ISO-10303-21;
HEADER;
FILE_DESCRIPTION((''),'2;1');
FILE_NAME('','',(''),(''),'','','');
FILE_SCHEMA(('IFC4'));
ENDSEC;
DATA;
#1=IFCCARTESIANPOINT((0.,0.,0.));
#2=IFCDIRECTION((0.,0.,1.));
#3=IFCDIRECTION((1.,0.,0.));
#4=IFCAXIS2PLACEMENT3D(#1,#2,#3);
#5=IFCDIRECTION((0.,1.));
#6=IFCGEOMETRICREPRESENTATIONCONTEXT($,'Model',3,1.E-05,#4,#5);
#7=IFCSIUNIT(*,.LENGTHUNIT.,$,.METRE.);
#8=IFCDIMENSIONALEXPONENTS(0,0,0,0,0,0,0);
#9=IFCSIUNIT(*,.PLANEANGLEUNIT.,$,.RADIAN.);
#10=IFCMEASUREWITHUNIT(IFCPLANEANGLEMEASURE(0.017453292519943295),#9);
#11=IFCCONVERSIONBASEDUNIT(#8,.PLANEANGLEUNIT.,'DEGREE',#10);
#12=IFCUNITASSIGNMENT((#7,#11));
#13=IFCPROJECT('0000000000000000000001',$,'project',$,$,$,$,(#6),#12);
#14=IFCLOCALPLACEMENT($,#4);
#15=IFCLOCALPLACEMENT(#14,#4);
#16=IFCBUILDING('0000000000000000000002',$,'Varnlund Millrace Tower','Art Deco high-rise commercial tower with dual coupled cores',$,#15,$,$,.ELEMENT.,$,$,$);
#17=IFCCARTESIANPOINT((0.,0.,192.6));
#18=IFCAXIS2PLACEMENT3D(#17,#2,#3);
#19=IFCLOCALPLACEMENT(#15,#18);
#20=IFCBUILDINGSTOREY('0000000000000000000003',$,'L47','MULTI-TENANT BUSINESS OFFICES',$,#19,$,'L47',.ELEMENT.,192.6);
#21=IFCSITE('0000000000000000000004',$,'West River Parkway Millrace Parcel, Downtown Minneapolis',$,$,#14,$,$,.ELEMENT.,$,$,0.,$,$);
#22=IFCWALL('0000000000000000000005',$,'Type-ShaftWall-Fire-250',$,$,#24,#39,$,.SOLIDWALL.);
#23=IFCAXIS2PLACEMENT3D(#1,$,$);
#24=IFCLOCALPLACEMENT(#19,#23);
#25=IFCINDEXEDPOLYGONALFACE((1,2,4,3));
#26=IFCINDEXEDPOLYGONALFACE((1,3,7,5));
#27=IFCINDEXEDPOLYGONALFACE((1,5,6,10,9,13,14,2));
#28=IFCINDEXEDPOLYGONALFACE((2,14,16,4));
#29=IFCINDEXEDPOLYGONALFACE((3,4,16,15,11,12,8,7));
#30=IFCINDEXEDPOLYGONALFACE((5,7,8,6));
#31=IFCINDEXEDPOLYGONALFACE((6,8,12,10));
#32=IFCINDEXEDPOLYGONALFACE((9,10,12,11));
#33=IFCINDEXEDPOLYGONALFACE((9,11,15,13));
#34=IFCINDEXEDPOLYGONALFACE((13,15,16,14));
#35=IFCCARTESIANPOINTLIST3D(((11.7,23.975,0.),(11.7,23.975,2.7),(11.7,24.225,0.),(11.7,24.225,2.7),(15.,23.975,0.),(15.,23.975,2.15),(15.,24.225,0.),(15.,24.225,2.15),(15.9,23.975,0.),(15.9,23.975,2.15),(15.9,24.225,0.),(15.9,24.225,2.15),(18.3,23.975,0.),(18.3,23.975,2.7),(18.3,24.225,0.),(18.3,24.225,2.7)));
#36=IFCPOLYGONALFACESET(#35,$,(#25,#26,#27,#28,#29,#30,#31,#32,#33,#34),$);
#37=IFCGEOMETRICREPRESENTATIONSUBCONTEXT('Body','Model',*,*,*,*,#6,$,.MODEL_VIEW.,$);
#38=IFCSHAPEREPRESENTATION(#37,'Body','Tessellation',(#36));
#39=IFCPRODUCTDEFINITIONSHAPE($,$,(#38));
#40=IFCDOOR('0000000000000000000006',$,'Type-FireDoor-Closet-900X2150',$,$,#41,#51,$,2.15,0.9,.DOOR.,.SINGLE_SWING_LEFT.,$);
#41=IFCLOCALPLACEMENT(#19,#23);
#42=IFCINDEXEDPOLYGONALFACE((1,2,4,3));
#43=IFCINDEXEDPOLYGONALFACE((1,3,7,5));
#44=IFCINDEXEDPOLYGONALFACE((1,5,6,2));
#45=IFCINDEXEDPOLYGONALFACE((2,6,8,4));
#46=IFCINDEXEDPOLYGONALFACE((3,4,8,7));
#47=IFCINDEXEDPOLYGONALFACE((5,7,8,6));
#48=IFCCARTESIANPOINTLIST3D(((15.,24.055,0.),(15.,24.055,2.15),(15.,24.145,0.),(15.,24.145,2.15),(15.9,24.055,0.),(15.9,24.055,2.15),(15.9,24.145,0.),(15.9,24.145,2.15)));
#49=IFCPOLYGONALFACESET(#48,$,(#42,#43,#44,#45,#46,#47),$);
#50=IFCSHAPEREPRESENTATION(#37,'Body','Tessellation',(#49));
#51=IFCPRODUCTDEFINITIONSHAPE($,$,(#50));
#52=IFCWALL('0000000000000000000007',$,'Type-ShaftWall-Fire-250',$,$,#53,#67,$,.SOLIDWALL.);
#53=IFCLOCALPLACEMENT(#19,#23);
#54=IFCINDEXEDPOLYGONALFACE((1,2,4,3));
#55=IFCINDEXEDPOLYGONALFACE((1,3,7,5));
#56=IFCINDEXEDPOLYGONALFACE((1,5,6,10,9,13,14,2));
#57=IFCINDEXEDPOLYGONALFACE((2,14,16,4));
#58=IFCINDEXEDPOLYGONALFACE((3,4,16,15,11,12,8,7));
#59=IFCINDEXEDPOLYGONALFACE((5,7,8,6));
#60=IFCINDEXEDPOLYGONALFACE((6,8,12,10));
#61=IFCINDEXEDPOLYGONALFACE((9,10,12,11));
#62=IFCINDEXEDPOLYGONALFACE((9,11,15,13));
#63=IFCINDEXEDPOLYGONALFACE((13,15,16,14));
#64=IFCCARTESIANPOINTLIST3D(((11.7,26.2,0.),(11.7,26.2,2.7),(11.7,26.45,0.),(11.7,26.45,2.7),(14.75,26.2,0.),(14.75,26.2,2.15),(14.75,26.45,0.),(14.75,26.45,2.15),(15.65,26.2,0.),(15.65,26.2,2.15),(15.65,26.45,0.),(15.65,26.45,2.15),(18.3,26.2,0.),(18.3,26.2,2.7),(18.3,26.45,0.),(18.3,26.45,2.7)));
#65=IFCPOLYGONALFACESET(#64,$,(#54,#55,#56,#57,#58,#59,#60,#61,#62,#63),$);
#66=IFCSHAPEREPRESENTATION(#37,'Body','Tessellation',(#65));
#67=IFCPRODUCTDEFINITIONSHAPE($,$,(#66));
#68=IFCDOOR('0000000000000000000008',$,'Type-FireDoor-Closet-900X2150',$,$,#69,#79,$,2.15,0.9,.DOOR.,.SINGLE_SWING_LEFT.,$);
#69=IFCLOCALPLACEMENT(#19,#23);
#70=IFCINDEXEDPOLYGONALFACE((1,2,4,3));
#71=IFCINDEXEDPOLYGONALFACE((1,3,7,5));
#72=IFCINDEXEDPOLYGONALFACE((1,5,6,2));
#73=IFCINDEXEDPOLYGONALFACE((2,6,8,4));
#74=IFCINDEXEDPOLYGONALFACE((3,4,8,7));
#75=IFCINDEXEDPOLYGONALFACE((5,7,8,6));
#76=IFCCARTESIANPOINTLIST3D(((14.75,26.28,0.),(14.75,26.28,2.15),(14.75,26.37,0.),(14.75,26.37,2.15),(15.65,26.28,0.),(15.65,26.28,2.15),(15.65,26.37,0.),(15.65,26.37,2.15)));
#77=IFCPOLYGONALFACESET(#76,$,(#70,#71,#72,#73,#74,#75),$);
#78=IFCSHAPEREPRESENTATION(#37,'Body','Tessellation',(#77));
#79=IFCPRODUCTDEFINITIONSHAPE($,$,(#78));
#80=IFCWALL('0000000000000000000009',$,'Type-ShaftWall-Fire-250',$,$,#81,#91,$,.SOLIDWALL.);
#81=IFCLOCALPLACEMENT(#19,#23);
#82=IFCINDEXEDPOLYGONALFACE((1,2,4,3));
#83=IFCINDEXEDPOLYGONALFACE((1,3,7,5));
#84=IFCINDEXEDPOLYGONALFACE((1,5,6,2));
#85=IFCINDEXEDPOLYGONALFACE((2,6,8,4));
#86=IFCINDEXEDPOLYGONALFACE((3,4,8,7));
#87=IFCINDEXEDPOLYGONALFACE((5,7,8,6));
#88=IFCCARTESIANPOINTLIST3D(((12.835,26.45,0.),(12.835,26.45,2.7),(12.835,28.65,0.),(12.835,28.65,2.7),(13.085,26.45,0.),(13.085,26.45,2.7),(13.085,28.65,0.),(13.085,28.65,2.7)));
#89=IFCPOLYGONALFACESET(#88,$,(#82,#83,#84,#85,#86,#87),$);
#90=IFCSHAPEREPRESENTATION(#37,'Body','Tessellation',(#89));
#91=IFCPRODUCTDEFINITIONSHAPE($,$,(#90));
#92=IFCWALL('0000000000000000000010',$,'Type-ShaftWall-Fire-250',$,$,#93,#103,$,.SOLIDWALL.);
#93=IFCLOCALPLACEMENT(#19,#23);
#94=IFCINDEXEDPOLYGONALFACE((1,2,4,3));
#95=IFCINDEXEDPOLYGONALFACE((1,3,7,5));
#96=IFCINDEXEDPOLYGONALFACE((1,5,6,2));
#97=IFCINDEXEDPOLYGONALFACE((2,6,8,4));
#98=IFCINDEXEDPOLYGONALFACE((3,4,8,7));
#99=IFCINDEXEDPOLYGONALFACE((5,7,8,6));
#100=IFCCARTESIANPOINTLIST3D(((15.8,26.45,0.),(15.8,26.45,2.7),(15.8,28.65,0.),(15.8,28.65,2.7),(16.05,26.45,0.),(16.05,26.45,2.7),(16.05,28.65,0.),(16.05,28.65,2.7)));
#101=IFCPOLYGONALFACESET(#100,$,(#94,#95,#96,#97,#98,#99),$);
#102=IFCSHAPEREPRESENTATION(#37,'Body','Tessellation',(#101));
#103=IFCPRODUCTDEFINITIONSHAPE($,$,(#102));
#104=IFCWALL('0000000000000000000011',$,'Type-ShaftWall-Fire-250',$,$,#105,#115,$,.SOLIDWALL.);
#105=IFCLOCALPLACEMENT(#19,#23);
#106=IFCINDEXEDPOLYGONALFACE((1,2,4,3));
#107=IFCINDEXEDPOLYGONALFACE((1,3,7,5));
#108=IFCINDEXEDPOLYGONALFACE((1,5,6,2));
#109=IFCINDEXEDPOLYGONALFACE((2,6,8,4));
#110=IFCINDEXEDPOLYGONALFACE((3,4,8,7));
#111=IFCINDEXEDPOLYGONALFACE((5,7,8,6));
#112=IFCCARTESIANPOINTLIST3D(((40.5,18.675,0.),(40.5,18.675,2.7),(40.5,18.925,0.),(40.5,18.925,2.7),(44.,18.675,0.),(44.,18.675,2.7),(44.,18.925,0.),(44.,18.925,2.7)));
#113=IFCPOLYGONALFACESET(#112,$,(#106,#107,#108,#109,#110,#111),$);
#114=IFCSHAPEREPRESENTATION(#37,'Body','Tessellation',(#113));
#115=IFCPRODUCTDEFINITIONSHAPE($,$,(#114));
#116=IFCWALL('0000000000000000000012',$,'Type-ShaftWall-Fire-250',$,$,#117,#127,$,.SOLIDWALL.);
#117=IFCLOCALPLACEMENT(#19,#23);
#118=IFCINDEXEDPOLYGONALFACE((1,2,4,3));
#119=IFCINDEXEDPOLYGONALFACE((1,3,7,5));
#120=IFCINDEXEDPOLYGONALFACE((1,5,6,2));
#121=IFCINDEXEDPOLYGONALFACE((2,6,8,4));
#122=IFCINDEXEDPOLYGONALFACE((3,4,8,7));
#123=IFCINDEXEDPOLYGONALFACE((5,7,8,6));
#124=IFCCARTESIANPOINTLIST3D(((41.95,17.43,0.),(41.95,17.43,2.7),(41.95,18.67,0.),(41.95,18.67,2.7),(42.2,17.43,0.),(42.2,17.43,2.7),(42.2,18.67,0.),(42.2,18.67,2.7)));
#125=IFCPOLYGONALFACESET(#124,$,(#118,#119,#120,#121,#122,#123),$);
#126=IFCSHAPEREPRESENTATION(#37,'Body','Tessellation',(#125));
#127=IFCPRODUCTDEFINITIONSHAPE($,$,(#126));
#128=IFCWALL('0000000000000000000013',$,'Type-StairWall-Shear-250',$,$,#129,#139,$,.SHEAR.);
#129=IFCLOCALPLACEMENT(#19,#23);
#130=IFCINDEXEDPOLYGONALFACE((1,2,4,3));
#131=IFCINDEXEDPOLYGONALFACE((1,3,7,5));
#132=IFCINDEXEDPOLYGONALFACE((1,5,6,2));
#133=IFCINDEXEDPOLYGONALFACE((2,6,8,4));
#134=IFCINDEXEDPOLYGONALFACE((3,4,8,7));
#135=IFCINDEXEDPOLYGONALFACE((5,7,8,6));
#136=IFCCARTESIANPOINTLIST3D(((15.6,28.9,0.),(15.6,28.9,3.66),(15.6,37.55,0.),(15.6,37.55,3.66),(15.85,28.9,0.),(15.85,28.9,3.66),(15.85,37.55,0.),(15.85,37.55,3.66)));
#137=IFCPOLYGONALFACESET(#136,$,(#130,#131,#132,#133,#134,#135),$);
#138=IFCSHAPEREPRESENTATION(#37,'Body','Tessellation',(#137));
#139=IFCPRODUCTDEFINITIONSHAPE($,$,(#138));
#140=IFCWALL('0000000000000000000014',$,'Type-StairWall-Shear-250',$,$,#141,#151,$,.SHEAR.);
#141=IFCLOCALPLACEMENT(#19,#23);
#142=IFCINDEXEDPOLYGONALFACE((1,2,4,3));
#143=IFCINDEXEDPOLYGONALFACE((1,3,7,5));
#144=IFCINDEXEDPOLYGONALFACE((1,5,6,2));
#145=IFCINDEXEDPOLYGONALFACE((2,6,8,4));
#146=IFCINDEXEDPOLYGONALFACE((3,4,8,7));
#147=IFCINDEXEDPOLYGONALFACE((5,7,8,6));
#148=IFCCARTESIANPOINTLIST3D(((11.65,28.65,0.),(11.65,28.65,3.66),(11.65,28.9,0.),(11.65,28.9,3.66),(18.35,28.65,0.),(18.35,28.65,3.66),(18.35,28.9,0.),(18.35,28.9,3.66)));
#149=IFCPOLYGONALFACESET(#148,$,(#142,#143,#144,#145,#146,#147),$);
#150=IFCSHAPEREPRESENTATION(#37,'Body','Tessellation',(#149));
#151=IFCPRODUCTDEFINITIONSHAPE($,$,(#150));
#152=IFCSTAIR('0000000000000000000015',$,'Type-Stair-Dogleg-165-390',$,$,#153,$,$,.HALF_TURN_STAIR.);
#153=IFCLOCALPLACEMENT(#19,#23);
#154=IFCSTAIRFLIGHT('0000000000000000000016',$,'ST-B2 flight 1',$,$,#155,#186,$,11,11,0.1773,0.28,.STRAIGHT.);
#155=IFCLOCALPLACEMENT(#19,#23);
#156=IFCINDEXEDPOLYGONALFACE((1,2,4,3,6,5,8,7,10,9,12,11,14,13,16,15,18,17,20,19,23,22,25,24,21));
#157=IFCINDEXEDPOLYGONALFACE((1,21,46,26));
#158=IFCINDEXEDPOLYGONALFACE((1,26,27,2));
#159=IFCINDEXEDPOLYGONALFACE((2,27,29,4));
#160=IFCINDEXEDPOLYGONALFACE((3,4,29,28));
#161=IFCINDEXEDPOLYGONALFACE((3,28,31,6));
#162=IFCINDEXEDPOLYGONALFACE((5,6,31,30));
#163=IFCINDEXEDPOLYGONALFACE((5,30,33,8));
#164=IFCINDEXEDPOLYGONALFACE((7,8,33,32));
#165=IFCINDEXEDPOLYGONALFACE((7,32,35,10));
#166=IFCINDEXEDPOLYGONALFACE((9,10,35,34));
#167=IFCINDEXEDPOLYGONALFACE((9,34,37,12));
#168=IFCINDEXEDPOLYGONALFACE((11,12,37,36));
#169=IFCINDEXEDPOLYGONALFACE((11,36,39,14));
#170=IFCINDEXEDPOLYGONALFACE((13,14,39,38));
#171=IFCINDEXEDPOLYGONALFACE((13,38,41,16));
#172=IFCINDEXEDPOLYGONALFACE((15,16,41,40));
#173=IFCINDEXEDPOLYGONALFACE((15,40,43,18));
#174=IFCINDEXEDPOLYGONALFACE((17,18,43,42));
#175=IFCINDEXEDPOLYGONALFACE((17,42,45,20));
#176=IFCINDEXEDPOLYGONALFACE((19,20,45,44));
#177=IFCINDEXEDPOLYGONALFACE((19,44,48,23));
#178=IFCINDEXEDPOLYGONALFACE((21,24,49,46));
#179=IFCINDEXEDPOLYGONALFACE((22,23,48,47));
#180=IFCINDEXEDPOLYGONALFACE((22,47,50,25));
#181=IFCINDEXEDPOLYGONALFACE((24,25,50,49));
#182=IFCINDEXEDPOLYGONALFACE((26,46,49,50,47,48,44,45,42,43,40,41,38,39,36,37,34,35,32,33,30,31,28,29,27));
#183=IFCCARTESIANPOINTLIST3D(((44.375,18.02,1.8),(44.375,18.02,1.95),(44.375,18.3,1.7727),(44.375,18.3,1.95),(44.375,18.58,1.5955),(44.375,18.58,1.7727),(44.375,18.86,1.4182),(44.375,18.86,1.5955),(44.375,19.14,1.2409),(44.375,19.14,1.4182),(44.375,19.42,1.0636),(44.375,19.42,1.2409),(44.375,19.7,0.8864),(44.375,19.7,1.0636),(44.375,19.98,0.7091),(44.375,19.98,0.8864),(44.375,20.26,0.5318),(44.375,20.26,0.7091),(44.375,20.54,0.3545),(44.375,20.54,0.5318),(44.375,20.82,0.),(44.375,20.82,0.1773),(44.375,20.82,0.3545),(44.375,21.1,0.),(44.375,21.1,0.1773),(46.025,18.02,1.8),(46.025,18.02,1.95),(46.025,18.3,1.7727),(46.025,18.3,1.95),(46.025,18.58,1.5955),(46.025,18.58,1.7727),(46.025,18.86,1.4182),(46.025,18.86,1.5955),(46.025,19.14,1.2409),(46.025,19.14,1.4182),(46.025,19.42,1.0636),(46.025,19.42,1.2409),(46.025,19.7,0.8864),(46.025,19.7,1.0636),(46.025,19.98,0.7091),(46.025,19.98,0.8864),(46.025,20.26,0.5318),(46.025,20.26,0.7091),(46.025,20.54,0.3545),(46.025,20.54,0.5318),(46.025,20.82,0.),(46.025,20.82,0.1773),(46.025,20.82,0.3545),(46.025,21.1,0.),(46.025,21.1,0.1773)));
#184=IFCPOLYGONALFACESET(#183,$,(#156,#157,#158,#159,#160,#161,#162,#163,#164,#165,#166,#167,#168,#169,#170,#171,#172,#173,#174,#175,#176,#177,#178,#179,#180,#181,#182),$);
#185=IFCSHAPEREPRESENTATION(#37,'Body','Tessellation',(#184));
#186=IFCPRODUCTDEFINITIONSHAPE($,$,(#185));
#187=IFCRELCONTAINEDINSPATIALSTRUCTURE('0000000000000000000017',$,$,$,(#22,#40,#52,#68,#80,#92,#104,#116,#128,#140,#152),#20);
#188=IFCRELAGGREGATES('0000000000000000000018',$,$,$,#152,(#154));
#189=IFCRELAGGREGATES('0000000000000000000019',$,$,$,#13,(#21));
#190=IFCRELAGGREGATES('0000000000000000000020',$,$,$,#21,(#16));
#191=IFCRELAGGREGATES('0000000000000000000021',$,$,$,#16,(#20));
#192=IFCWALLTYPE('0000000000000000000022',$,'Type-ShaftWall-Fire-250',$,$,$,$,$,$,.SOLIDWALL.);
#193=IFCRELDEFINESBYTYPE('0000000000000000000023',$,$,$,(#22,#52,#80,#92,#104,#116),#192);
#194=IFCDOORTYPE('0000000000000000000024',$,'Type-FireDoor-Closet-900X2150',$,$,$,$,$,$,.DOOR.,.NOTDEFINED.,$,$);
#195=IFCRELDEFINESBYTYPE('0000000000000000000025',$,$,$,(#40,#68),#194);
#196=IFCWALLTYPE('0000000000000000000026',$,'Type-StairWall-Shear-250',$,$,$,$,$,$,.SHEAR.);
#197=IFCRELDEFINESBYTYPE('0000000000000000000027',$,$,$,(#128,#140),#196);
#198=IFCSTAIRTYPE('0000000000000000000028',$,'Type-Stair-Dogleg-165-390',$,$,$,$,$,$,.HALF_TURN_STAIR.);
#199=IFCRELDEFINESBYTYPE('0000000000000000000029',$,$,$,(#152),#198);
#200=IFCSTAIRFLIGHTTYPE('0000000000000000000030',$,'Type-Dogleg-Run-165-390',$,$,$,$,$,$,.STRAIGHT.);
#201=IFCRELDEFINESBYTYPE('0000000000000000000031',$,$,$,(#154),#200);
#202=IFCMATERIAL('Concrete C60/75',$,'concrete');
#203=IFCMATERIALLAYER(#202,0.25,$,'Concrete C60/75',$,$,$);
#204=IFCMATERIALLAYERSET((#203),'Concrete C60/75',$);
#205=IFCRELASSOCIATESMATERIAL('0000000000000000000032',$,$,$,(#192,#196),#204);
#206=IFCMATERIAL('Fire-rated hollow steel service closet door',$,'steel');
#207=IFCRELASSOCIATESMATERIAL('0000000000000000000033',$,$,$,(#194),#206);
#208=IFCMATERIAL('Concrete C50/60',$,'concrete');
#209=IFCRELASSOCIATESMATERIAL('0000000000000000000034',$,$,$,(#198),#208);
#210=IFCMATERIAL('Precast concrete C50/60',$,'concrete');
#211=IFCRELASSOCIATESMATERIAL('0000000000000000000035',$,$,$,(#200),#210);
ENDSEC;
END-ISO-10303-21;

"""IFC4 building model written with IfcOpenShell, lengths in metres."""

from ifc_helpers import new_model, entity, si_unit, converted_unit, direction, frame, origin_with_axes, origin_2d_with_axis, place, context, subcontext, project, spatial, polyline, rectangle, outline, extrude, material, layer, layer_set, type_object, element, fill, aggregate, save


model = new_model("IFC4")

# Units and contexts
model_context = context("Model", 3, precision=1e-05, world=origin_with_axes(), true_north=direction((0.0, 1.0)))
body_context = subcontext(model_context, "Body", "Model", "MODEL_VIEW")
ifc_project = project(units=[si_unit("LENGTHUNIT", "METRE"), converted_unit("PLANEANGLEUNIT", "DEGREE", entity("IfcPlaneAngleMeasure", 0.017453292519943295), si_unit("PLANEANGLEUNIT", "RADIAN"), dimensions=[0, 0, 0, 0, 0, 0, 0])], contexts=[model_context])

# Site, building, storey
site_placement = place(None, origin_with_axes())
site = spatial("IfcSite", under=ifc_project, at=site_placement, Name="West River Parkway Millrace Parcel, Downtown Minneapolis", CompositionType="ELEMENT", RefElevation=0.0)
building_placement = place(site_placement, origin_with_axes())
building = spatial("IfcBuilding", under=site, at=building_placement, Name="Varnlund Millrace Tower", Description="Art Deco high-rise commercial tower with dual coupled cores", CompositionType="ELEMENT")
storey_placement = place(building_placement, frame((0.0, 0.0, 192.6), z_axis=(0.0, 0.0, 1.0), x_axis=(1.0, 0.0, 0.0)))
storey = spatial("IfcBuildingStorey", under=building, at=storey_placement, Name="L47", Description="MULTI-TENANT BUSINESS OFFICES", LongName="L47", CompositionType="ELEMENT", Elevation=192.6)

# Shared definitions
ifc_material_1 = material(Name="Concrete C60/75", Category="concrete")
ifc_layer_1 = layer(ifc_material_1, 0.25, Name="Concrete C60/75")
ifc_layer_set_1 = layer_set([ifc_layer_1], Name="Concrete C60/75")
wall_type_1 = type_object("IfcWallType", Name="Type-ShaftWall-Fire-250", PredefinedType="SOLIDWALL", material=ifc_layer_set_1)

# Walls, openings, doors
wall_1_placement = place(storey_placement, frame((11.7, 24.1, 0.0), z_axis=(0.0, 0.0, 1.0), x_axis=(1.0, 0.0, 0.0)))
wall_1 = element("IfcWall", 1, at=wall_1_placement, inside=storey, type_object=wall_type_1, Name="Type-ShaftWall-Fire-250", PredefinedType="SOLIDWALL", context=body_context, shape_type="SweptSolid", body=[
    extrude(outline(polyline([(0.0, -0.125), (6.6, -0.125), (6.6, 0.125), (0.0, 0.125), (0.0, -0.125)])), origin_with_axes(), (0.0, 0.0, 1.0), 2.7),
])
opening_1_placement = place(wall_1_placement, frame((3.75, 0.0, 0.0), z_axis=(0.0, 0.0, 1.0), x_axis=(1.0, 0.0, 0.0)))
opening_1 = element("IfcOpeningElement", 2, at=opening_1_placement, cuts=wall_1, PredefinedType="OPENING", context=body_context, shape_type="SweptSolid", body=[
    extrude(rectangle(XDim=0.9, YDim=0.27, at=origin_2d_with_axis()), origin_with_axes(), (0.0, 0.0, 1.0), 2.15),
])
ifc_material_2 = material(Name="Fire-rated hollow steel service closet door", Category="steel")
door_type_1 = type_object("IfcDoorType", Name="Type-FireDoor-Closet-900X2150", OperationType="NOTDEFINED", PredefinedType="DOOR", material=ifc_material_2)
door_1_placement = place(wall_1_placement, frame((3.75, 0.0, 0.0), z_axis=(0.0, 0.0, 1.0), x_axis=(1.0, 0.0, 0.0)))
door_1 = element("IfcDoor", 3, at=door_1_placement, inside=storey, type_object=door_type_1, Name="Type-FireDoor-Closet-900X2150", OperationType="SINGLE_SWING_LEFT", OverallHeight=2.15, OverallWidth=0.9, PredefinedType="DOOR", context=body_context, shape_type="SweptSolid", body=[
    extrude(rectangle(XDim=0.9, YDim=0.09, at=origin_2d_with_axis()), origin_with_axes(), (0.0, 0.0, 1.0), 2.15),
])
fill(opening_1, door_1)
wall_2_placement = place(storey_placement, frame((11.7, 26.325, 0.0), z_axis=(0.0, 0.0, 1.0), x_axis=(1.0, 0.0, 0.0)))
wall_2 = element("IfcWall", 4, at=wall_2_placement, inside=storey, type_object=wall_type_1, Name="Type-ShaftWall-Fire-250", PredefinedType="SOLIDWALL", context=body_context, shape_type="SweptSolid", body=[
    extrude(outline(polyline([(0.0, -0.125), (6.6, -0.125), (6.6, 0.125), (0.0, 0.125), (0.0, -0.125)])), origin_with_axes(), (0.0, 0.0, 1.0), 2.7),
])
opening_2_placement = place(wall_2_placement, frame((3.5, 0.0, 0.0), z_axis=(0.0, 0.0, 1.0), x_axis=(1.0, 0.0, 0.0)))
opening_2 = element("IfcOpeningElement", 5, at=opening_2_placement, cuts=wall_2, PredefinedType="OPENING", context=body_context, shape_type="SweptSolid", body=[
    extrude(rectangle(XDim=0.9, YDim=0.27, at=origin_2d_with_axis()), origin_with_axes(), (0.0, 0.0, 1.0), 2.15),
])
door_2_placement = place(wall_2_placement, frame((3.5, 0.0, 0.0), z_axis=(0.0, 0.0, 1.0), x_axis=(1.0, 0.0, 0.0)))
door_2 = element("IfcDoor", 6, at=door_2_placement, inside=storey, type_object=door_type_1, Name="Type-FireDoor-Closet-900X2150", OperationType="SINGLE_SWING_LEFT", OverallHeight=2.15, OverallWidth=0.9, PredefinedType="DOOR", context=body_context, shape_type="SweptSolid", body=[
    extrude(rectangle(XDim=0.9, YDim=0.09, at=origin_2d_with_axis()), origin_with_axes(), (0.0, 0.0, 1.0), 2.15),
])
fill(opening_2, door_2)

# Walls
for number, where, z_axis, x_axis, name in (
    (7, (12.96, 26.45, 0.0), (0.0, 0.0, 1.0), (0.0, 1.0, 0.0), "Type-ShaftWall-Fire-250"),
    (8, (15.925, 26.45, 0.0), (0.0, 0.0, 1.0), (0.0, 1.0, 0.0), "Type-ShaftWall-Fire-250"),
):
    element("IfcWall", number, at=place(storey_placement, frame(where, z_axis=z_axis, x_axis=x_axis)), inside=storey, type_object=wall_type_1, Name=name, PredefinedType="SOLIDWALL", context=body_context, shape_type="SweptSolid", body=[
        extrude(outline(polyline([(0.0, -0.125), (2.2, -0.125), (2.2, 0.125), (0.0, 0.125), (0.0, -0.125)])), origin_with_axes(), (0.0, 0.0, 1.0), 2.7),
    ])
wall_3_placement = place(storey_placement, frame((40.5, 18.8, 0.0), z_axis=(0.0, 0.0, 1.0), x_axis=(1.0, 0.0, 0.0)))
element("IfcWall", 9, at=wall_3_placement, inside=storey, type_object=wall_type_1, Name="Type-ShaftWall-Fire-250", PredefinedType="SOLIDWALL", context=body_context, shape_type="SweptSolid", body=[
    extrude(outline(polyline([(0.0, -0.125), (3.5, -0.125), (3.5, 0.125), (0.0, 0.125), (0.0, -0.125)])), origin_with_axes(), (0.0, 0.0, 1.0), 2.7),
])
wall_4_placement = place(storey_placement, frame((42.075, 17.43, 0.0), z_axis=(0.0, 0.0, 1.0), x_axis=(0.0, 1.0, 0.0)))
element("IfcWall", 10, at=wall_4_placement, inside=storey, type_object=wall_type_1, Name="Type-ShaftWall-Fire-250", PredefinedType="SOLIDWALL", context=body_context, shape_type="SweptSolid", body=[
    extrude(outline(polyline([(0.0, -0.125), (1.24, -0.125), (1.24, 0.125), (0.0, 0.125), (0.0, -0.125)])), origin_with_axes(), (0.0, 0.0, 1.0), 2.7),
])
wall_type_2 = type_object("IfcWallType", Name="Type-StairWall-Shear-250", PredefinedType="SHEAR", material=ifc_layer_set_1)
wall_5_placement = place(storey_placement, frame((15.725, 28.9, 0.0), z_axis=(0.0, 0.0, 1.0), x_axis=(0.0, 1.0, 0.0)))
element("IfcWall", 11, at=wall_5_placement, inside=storey, type_object=wall_type_2, Name="Type-StairWall-Shear-250", PredefinedType="SHEAR", context=body_context, shape_type="SweptSolid", body=[
    extrude(outline(polyline([(0.0, -0.125), (8.65, -0.125), (8.65, 0.125), (0.0, 0.125), (0.0, -0.125)])), origin_with_axes(), (0.0, 0.0, 1.0), 3.66),
])
wall_6_placement = place(storey_placement, frame((11.65, 28.775, 0.0), z_axis=(0.0, 0.0, 1.0), x_axis=(1.0, 0.0, 0.0)))
element("IfcWall", 12, at=wall_6_placement, inside=storey, type_object=wall_type_2, Name="Type-StairWall-Shear-250", PredefinedType="SHEAR", context=body_context, shape_type="SweptSolid", body=[
    extrude(outline(polyline([(0.0, -0.125), (6.7, -0.125), (6.7, 0.125), (0.0, 0.125), (0.0, -0.125)])), origin_with_axes(), (0.0, 0.0, 1.0), 3.66),
])

# Stair, stair flight
ifc_material_3 = material(Name="Concrete C50/60", Category="concrete")
stair_type_1 = type_object("IfcStairType", Name="Type-Stair-Dogleg-165-390", PredefinedType="HALF_TURN_STAIR", material=ifc_material_3)
stair_1_placement = place(storey_placement, origin_with_axes())
stair_1 = element("IfcStair", 13, at=stair_1_placement, inside=storey, type_object=stair_type_1, Name="Type-Stair-Dogleg-165-390", PredefinedType="HALF_TURN_STAIR")
ifc_material_4 = material(Name="Precast concrete C50/60", Category="concrete")
stair_flight_type_1 = type_object("IfcStairFlightType", Name="Type-Dogleg-Run-165-390", PredefinedType="STRAIGHT", material=ifc_material_4)
stair_flight_1_placement = place(storey_placement, frame((46.025, 21.1, 0.0), z_axis=(-1.0, 0.0, 0.0), x_axis=(0.0, -1.0, 0.0)))
stair_flight_1 = element("IfcStairFlight", 14, at=stair_flight_1_placement, type_object=stair_flight_type_1, Name="ST-B2 flight 1", NumberOfRisers=11, NumberOfTreads=11, PredefinedType="STRAIGHT", RiserHeight=0.1773, TreadLength=0.28, context=body_context, shape_type="SweptSolid", body=[
    extrude(outline(polyline([(0.0, 0.0), (0.0, 0.1773), (0.28, 0.1773), (0.28, 0.3545), (0.56, 0.3545), (0.56, 0.5318), (0.84, 0.5318), (0.84, 0.7091), (1.12, 0.7091), (1.12, 0.8864), (1.4, 0.8864), (1.4, 1.0636), (1.68, 1.0636), (1.68, 1.2409), (1.96, 1.2409), (1.96, 1.4182), (2.24, 1.4182), (2.24, 1.5955), (2.52, 1.5955), (2.52, 1.7727), (2.8, 1.7727), (2.8, 1.95), (3.08, 1.95), (3.08, 1.8), (0.28, 0.0), (0.0, 0.0)])), origin_with_axes(), (0.0, 0.0, 1.0), 1.65),
])
aggregate(stair_1, [stair_flight_1])

save(model, "model.ifc")
